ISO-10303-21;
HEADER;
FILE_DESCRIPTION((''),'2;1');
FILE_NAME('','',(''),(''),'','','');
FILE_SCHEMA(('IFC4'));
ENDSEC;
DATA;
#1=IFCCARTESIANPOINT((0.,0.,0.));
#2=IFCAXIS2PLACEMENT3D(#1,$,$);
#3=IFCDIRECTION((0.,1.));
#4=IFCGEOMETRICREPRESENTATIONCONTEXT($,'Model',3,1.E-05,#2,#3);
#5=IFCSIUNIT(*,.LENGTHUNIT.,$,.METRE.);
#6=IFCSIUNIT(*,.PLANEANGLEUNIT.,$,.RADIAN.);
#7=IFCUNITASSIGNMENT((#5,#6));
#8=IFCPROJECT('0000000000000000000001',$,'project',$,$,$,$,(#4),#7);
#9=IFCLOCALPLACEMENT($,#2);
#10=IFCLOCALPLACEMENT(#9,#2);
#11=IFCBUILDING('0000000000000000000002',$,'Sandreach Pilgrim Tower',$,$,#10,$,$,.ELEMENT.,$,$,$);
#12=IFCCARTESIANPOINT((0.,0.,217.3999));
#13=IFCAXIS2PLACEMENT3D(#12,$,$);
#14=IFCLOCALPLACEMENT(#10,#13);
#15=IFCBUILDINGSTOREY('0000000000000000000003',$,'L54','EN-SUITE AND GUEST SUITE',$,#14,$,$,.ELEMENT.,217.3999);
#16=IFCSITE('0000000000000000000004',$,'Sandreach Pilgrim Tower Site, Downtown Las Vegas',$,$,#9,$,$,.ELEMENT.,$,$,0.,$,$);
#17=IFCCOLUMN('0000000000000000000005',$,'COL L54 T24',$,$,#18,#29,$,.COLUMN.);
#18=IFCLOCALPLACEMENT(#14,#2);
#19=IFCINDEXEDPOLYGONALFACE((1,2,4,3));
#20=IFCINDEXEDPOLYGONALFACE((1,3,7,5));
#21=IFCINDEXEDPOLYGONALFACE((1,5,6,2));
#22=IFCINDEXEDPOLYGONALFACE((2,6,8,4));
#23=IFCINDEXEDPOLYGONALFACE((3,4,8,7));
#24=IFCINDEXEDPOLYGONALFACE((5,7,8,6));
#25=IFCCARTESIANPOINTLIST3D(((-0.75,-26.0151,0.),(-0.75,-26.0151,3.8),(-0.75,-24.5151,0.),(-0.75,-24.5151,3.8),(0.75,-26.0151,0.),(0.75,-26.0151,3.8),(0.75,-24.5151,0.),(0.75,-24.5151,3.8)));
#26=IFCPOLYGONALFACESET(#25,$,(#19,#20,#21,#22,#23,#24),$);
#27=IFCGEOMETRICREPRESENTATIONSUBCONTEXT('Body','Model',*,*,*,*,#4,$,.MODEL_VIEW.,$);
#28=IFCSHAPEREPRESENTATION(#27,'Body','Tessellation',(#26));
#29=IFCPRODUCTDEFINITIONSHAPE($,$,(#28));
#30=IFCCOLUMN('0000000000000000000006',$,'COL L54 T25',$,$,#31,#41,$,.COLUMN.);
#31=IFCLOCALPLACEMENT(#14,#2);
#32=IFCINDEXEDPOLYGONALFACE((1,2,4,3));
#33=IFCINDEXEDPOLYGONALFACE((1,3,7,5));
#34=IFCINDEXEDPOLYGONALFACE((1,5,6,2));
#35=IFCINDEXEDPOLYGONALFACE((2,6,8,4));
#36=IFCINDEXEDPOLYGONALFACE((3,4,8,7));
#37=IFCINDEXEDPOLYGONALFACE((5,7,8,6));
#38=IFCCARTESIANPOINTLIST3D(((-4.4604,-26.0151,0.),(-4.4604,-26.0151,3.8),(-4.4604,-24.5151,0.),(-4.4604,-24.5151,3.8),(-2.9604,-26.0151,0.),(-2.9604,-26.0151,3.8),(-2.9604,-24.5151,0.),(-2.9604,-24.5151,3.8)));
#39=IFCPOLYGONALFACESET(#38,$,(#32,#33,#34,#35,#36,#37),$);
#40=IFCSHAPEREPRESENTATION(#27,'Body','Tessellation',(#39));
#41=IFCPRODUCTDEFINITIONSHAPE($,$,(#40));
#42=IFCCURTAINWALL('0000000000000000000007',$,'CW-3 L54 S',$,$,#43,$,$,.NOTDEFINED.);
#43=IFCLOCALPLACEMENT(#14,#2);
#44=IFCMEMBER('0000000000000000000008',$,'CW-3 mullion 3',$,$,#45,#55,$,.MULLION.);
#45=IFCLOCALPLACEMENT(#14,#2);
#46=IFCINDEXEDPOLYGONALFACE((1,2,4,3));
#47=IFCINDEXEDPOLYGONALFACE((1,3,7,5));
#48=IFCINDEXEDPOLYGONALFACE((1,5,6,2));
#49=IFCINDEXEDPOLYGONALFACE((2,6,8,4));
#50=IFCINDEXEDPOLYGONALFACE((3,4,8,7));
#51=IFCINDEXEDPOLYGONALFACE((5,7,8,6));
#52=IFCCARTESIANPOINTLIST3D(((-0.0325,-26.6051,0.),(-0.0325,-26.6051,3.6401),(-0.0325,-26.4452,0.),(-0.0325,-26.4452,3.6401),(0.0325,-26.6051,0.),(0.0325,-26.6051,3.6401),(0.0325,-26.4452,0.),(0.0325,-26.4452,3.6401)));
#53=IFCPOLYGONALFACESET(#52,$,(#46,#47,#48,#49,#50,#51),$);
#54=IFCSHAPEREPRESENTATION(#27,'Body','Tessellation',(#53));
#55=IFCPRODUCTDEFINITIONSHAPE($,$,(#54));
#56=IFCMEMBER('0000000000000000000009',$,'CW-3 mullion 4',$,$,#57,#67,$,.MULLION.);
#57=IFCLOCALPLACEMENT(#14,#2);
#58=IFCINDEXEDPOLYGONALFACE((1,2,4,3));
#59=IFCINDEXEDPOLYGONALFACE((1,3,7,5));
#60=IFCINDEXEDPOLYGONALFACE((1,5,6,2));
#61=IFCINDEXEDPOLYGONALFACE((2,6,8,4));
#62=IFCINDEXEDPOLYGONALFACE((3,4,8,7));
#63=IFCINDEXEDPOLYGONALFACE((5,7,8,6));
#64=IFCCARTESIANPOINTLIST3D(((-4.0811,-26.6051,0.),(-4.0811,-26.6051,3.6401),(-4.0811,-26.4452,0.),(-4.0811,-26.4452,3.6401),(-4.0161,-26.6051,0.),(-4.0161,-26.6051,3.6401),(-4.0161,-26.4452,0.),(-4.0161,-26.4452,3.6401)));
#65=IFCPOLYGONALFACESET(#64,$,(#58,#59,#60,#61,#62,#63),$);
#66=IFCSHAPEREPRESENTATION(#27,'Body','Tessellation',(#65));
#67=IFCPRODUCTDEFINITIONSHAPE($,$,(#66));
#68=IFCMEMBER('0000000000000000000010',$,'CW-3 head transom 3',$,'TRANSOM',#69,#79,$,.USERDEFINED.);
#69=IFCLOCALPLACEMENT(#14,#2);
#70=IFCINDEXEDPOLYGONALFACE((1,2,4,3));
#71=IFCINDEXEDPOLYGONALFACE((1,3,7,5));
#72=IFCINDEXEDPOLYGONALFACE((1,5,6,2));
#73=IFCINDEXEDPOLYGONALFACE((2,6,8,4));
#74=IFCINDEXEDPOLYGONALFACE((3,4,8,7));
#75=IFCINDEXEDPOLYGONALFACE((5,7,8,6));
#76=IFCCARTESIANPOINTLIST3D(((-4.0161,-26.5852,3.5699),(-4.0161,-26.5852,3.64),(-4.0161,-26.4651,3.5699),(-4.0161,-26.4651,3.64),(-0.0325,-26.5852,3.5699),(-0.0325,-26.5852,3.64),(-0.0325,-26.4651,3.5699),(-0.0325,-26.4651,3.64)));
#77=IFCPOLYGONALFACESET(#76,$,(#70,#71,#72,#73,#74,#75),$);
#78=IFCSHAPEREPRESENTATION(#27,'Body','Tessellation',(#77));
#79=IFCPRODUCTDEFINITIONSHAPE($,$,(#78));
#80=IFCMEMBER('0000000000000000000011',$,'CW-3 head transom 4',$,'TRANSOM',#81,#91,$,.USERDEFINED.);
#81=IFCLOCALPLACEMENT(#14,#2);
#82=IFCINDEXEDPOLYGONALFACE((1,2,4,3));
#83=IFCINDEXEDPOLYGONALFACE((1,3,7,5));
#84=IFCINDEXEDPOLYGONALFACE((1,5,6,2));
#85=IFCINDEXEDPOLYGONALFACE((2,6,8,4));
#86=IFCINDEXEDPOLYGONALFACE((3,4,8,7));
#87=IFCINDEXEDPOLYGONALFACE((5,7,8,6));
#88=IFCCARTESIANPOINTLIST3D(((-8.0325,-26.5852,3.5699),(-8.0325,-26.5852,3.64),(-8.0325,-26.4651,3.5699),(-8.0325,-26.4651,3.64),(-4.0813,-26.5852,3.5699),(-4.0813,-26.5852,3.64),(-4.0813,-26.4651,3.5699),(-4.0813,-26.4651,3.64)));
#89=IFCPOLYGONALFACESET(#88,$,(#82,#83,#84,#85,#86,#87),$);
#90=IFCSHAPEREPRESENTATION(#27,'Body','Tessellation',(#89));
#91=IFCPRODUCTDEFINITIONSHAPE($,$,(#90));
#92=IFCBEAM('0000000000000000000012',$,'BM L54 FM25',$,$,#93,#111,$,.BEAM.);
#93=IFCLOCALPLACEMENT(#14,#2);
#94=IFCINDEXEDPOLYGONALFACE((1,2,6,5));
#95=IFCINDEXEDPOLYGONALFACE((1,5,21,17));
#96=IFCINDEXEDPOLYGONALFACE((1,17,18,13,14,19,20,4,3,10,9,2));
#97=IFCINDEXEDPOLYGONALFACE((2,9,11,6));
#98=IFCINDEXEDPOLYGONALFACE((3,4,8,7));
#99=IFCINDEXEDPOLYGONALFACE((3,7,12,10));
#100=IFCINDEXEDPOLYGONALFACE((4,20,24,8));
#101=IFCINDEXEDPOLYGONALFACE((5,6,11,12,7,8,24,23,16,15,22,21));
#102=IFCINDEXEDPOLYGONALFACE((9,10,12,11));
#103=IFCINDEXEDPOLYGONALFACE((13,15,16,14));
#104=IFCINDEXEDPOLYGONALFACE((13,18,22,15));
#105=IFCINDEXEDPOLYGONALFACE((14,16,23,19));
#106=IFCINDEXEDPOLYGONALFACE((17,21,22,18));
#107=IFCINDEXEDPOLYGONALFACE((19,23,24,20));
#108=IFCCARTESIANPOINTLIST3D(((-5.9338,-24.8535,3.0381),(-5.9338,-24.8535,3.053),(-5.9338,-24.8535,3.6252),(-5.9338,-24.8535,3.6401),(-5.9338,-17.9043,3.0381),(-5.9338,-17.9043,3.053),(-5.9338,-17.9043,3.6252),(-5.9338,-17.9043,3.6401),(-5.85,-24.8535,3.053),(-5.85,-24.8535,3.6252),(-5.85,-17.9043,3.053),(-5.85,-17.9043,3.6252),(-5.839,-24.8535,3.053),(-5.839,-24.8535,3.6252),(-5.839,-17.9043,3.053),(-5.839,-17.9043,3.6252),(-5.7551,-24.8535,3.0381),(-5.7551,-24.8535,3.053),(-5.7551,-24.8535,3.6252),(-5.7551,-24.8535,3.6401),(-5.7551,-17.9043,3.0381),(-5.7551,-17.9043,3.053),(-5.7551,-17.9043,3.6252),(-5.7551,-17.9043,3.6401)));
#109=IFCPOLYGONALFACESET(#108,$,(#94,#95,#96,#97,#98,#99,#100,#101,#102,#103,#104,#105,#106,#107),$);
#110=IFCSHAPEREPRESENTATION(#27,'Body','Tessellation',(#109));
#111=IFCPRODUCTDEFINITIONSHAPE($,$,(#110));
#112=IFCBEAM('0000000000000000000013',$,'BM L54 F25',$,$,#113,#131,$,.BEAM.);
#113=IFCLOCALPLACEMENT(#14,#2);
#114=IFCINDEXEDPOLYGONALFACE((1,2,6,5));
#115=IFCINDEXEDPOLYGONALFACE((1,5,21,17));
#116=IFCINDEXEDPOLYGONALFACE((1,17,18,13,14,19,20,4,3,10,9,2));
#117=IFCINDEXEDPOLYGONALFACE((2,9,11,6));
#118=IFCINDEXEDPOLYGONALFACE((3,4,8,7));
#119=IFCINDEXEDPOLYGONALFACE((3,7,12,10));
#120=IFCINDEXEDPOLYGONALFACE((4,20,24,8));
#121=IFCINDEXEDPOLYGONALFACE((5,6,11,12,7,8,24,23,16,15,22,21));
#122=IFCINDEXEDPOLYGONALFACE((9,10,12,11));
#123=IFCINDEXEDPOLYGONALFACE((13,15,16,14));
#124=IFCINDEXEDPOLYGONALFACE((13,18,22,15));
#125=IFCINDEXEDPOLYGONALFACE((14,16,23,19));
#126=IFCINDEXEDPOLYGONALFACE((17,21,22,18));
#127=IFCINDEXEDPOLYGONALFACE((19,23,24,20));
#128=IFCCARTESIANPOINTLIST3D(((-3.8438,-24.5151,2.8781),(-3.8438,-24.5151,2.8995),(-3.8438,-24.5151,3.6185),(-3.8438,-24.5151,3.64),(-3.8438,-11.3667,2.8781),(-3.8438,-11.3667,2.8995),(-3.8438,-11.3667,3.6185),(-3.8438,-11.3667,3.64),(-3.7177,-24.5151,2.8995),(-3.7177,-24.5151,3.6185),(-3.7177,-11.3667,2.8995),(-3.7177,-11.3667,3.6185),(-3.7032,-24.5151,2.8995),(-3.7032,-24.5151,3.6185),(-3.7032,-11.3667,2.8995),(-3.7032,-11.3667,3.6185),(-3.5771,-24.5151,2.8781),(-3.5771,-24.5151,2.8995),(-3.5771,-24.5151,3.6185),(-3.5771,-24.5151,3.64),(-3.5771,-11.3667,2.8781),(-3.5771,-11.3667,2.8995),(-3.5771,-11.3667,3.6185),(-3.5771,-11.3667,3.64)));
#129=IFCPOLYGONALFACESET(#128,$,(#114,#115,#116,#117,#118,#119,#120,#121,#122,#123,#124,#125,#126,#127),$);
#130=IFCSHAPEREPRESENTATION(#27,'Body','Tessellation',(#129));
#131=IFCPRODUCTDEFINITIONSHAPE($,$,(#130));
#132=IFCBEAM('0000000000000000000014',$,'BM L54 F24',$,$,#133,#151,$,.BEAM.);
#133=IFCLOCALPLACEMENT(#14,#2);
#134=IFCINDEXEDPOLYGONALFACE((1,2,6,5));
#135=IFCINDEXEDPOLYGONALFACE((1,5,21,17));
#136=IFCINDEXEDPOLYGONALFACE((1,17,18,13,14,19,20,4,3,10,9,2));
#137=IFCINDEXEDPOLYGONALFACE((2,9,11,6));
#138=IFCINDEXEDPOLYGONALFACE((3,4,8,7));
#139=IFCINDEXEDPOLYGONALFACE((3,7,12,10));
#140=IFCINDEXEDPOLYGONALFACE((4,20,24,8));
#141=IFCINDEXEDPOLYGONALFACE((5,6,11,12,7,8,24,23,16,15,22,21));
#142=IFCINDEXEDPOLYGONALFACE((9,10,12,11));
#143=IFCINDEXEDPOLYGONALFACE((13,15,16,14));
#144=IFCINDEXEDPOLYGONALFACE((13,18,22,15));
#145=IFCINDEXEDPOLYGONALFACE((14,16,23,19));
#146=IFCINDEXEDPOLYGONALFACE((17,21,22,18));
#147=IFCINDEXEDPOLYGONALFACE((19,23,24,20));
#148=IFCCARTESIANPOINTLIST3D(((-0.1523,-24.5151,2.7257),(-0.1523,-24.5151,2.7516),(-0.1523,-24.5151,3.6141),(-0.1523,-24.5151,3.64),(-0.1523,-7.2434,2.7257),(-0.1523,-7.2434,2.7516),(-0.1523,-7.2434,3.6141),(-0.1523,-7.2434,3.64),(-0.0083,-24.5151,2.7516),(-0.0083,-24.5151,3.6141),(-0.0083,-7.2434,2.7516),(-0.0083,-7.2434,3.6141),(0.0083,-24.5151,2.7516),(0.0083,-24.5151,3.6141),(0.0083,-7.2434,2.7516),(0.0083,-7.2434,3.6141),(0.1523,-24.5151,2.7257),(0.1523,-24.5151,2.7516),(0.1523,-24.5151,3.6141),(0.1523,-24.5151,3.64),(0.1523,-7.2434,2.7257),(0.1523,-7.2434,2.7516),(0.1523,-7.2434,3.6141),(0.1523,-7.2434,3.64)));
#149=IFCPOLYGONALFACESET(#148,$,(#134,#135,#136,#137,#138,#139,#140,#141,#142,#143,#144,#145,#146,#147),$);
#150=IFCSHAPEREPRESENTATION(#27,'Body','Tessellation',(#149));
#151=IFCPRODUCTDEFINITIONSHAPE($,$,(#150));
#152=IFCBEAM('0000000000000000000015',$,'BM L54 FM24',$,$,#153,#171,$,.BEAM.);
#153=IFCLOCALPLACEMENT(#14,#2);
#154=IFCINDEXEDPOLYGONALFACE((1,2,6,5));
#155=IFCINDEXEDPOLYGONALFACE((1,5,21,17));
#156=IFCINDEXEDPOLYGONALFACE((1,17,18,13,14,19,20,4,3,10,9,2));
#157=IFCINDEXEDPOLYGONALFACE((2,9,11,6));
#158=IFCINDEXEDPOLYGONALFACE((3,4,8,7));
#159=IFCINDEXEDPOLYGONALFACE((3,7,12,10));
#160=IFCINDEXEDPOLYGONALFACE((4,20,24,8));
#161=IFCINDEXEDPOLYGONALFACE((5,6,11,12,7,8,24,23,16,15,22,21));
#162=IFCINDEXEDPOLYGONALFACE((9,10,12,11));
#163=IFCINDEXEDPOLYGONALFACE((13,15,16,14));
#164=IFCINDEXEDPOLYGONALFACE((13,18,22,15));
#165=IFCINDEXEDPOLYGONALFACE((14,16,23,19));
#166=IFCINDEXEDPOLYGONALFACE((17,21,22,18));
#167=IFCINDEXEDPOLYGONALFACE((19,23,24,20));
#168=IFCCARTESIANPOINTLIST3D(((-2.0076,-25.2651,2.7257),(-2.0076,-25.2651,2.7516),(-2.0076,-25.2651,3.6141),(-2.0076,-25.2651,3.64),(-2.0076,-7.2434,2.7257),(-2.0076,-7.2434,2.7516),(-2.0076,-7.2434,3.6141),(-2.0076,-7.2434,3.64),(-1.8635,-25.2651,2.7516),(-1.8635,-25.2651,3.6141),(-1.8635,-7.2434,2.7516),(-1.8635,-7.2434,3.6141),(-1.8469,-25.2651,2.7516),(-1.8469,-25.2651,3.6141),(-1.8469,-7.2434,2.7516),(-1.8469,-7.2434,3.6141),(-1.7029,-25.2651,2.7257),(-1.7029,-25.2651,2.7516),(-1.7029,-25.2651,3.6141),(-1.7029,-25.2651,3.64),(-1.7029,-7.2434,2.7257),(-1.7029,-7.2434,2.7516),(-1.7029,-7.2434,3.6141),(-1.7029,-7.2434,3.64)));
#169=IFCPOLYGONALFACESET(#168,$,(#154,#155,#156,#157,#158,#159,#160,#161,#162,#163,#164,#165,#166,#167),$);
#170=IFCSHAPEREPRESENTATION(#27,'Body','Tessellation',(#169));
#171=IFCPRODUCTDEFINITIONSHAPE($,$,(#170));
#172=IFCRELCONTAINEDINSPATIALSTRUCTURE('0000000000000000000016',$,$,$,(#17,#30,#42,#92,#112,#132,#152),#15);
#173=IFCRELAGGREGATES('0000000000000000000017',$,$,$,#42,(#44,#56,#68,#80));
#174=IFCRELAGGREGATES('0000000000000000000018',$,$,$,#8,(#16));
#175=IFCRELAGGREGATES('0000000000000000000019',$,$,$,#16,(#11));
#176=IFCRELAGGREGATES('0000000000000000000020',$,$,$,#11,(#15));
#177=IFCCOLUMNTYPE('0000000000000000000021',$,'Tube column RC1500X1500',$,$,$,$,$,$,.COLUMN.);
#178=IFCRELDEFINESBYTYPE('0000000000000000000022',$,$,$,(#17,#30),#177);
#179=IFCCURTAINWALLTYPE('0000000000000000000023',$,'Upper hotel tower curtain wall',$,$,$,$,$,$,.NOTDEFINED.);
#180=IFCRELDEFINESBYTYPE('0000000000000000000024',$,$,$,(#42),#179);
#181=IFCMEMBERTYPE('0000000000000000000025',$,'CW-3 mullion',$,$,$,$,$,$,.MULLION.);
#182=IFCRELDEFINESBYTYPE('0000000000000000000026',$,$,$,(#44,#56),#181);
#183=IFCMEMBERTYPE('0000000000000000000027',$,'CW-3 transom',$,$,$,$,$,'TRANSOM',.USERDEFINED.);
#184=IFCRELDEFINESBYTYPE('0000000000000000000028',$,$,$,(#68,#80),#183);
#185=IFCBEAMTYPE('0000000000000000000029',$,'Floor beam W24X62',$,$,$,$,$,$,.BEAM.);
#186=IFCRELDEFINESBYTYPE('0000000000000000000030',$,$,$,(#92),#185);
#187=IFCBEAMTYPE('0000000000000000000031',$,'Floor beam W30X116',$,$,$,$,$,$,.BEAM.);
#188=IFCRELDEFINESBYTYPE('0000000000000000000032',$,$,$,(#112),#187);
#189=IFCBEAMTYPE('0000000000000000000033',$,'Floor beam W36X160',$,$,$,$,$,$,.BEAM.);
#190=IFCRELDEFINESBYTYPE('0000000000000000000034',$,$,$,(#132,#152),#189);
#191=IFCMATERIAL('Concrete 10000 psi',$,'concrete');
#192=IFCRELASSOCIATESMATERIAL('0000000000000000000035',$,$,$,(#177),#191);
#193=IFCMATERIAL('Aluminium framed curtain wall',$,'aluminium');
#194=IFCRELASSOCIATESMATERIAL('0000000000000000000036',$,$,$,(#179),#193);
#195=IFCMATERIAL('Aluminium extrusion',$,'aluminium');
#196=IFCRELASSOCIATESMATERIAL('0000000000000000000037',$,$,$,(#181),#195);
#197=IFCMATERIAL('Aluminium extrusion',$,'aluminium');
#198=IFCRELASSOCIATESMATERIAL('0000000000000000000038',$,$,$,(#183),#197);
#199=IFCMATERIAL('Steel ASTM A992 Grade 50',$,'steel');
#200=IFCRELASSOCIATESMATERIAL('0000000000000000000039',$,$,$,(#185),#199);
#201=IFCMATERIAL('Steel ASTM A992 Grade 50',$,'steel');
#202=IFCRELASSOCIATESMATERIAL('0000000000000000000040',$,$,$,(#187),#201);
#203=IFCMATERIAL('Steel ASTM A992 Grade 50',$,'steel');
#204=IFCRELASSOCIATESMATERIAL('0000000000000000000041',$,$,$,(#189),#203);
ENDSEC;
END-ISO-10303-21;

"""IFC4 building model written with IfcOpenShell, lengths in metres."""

from ifc_helpers import new_model, si_unit, direction, frame, origin, origin_2d, place, context, subcontext, project, spatial, rectangle, i_section, extrude, material, material_profile, profile_set, type_object, element, aggregate, save


model = new_model("IFC4")

# Units and contexts
model_context = context("Model", 3, precision=1e-05, world=origin(), true_north=direction((0.0, 1.0)))
body_context = subcontext(model_context, "Body", "Model", "MODEL_VIEW")
ifc_project = project(units=[si_unit("LENGTHUNIT", "METRE"), si_unit("PLANEANGLEUNIT", "RADIAN")], contexts=[model_context])

# Site, building, storey
site_placement = place(None, origin())
site = spatial("IfcSite", under=ifc_project, at=site_placement, Name="Sandreach Pilgrim Tower Site, Downtown Las Vegas", CompositionType="ELEMENT", RefElevation=0.0)
building_placement = place(site_placement, origin())
building = spatial("IfcBuilding", under=site, at=building_placement, Name="Sandreach Pilgrim Tower", CompositionType="ELEMENT")
storey_placement = place(building_placement, frame((0.0, 0.0, 217.3999)))
storey = spatial("IfcBuildingStorey", under=building, at=storey_placement, Name="L54", Description="EN-SUITE AND GUEST SUITE", CompositionType="ELEMENT", Elevation=217.3999)

# Columns
ifc_material_1 = material(Name="Concrete 10000 psi", Category="concrete")
ifc_material_profile_1 = material_profile(ifc_material_1, rectangle(XDim=1.5, YDim=1.5, at=origin_2d()), Name="RC1500X1500")
ifc_profile_set_1 = profile_set([ifc_material_profile_1], Name="Concrete 10000 psi")
column_type = type_object("IfcColumnType", Name="Tube column RC1500X1500", PredefinedType="COLUMN", material=ifc_profile_set_1)
for number, where, z_axis, x_axis, name in (
    (1, (0.0, -25.2651, 0.0), (0.0, 0.0, 1.0), (0.0, -1.0, 0.0), "COL L54 T24"),
    (2, (-3.7104, -25.2651, 0.0), (0.0, 0.0, 1.0), (0.0, -1.0, 0.0), "COL L54 T25"),
):
    element("IfcColumn", number, at=place(storey_placement, frame(where, z_axis=z_axis, x_axis=x_axis)), inside=storey, type_object=column_type, Name=name, PredefinedType="COLUMN", context=body_context, shape_type="SweptSolid", body=[
        extrude(rectangle(XDim=1.5, YDim=1.5, at=origin_2d()), origin(), (0.0, 0.0, 1.0), 3.8),
    ])

# Curtain wall, members
ifc_material_2 = material(Name="Aluminium framed curtain wall", Category="aluminium")
curtain_wall_type = type_object("IfcCurtainWallType", Name="Upper hotel tower curtain wall", PredefinedType="NOTDEFINED", material=ifc_material_2)
curtain_wall_placement = place(storey_placement, origin())
curtain_wall = element("IfcCurtainWall", 3, at=curtain_wall_placement, inside=storey, type_object=curtain_wall_type, Name="CW-3 L54 S", PredefinedType="NOTDEFINED")
ifc_material_3 = material(Name="Aluminium extrusion", Category="aluminium")
ifc_material_profile_2 = material_profile(ifc_material_3, rectangle(XDim=0.0649, YDim=0.1599, at=origin_2d()), Name="CW-3M 65X160")
ifc_profile_set_2 = profile_set([ifc_material_profile_2], Name="Aluminium extrusion")
member_type_1 = type_object("IfcMemberType", Name="CW-3 mullion", PredefinedType="MULLION", material=ifc_profile_set_2)
member_1_placement = place(storey_placement, frame((0.0, -26.5251, 0.0), z_axis=(0.0, 0.0, 1.0), x_axis=(-1.0, 0.0, 0.0)))
member_1 = element("IfcMember", 4, at=member_1_placement, type_object=member_type_1, Name="CW-3 mullion 3", PredefinedType="MULLION", context=body_context, shape_type="SweptSolid", body=[
    extrude(rectangle(XDim=0.0649, YDim=0.1599, at=origin_2d()), origin(), (0.0, 0.0, 1.0), 3.6401),
])
member_2_placement = place(storey_placement, frame((-4.0486, -26.5251, 0.0), z_axis=(0.0, 0.0, 1.0), x_axis=(-1.0, 0.0, 0.0)))
member_2 = element("IfcMember", 5, at=member_2_placement, type_object=member_type_1, Name="CW-3 mullion 4", PredefinedType="MULLION", context=body_context, shape_type="SweptSolid", body=[
    extrude(rectangle(XDim=0.0649, YDim=0.1599, at=origin_2d()), origin(), (0.0, 0.0, 1.0), 3.6401),
])
ifc_material_4 = material(Name="Aluminium extrusion", Category="aluminium")
ifc_material_profile_3 = material_profile(ifc_material_4, rectangle(XDim=0.1201, YDim=0.0701, at=origin_2d()), Name="CW-3T 120X70")
ifc_profile_set_3 = profile_set([ifc_material_profile_3], Name="Aluminium extrusion")
member_type_2 = type_object("IfcMemberType", Name="CW-3 transom", ElementType="TRANSOM", PredefinedType="USERDEFINED", material=ifc_profile_set_3)
member_3_placement = place(storey_placement, frame((-0.0325, -26.5251, 3.605), z_axis=(-1.0, 0.0, 0.0), x_axis=(0.0, -1.0, 0.0)))
member_3 = element("IfcMember", 6, at=member_3_placement, type_object=member_type_2, Name="CW-3 head transom 3", ObjectType="TRANSOM", PredefinedType="USERDEFINED", context=body_context, shape_type="SweptSolid", body=[
    extrude(rectangle(XDim=0.1201, YDim=0.0701, at=origin_2d()), origin(), (0.0, 0.0, 1.0), 3.9836),
])
member_4_placement = place(storey_placement, frame((-4.0813, -26.5251, 3.605), z_axis=(-1.0, 0.0, 0.0), x_axis=(0.0, -1.0, 0.0)))
member_4 = element("IfcMember", 7, at=member_4_placement, type_object=member_type_2, Name="CW-3 head transom 4", ObjectType="TRANSOM", PredefinedType="USERDEFINED", context=body_context, shape_type="SweptSolid", body=[
    extrude(rectangle(XDim=0.1201, YDim=0.0701, at=origin_2d()), origin(), (0.0, 0.0, 1.0), 3.9512),
])

# Beams
ifc_material_5 = material(Name="Steel ASTM A992 Grade 50", Category="steel")
ifc_material_profile_4 = material_profile(ifc_material_5, i_section(OverallWidth=0.1787, OverallDepth=0.6021, WebThickness=0.011, FlangeThickness=0.0149, at=origin_2d()), Name="W24X62")
ifc_profile_set_4 = profile_set([ifc_material_profile_4], Name="Steel ASTM A992 Grade 50")
beam_type_1 = type_object("IfcBeamType", Name="Floor beam W24X62", PredefinedType="BEAM", material=ifc_profile_set_4)
beam_1_placement = place(storey_placement, frame((-5.8445, -24.8535, 3.3391), z_axis=(0.0, 1.0, 0.0), x_axis=(-1.0, 0.0, 0.0)))
element("IfcBeam", 8, at=beam_1_placement, inside=storey, type_object=beam_type_1, Name="BM L54 FM25", PredefinedType="BEAM", context=body_context, shape_type="SweptSolid", body=[
    extrude(i_section(OverallWidth=0.1787, OverallDepth=0.6021, WebThickness=0.011, FlangeThickness=0.0149, at=origin_2d()), origin(), (0.0, 0.0, 1.0), 6.9492),
])
ifc_material_6 = material(Name="Steel ASTM A992 Grade 50", Category="steel")
ifc_material_profile_5 = material_profile(ifc_material_6, i_section(OverallWidth=0.2666, OverallDepth=0.762, WebThickness=0.0144, FlangeThickness=0.0215, at=origin_2d()), Name="W30X116")
ifc_profile_set_5 = profile_set([ifc_material_profile_5], Name="Steel ASTM A992 Grade 50")
beam_type_2 = type_object("IfcBeamType", Name="Floor beam W30X116", PredefinedType="BEAM", material=ifc_profile_set_5)
beam_2_placement = place(storey_placement, frame((-3.7104, -24.5151, 3.259), z_axis=(0.0, 1.0, 0.0), x_axis=(-1.0, 0.0, 0.0)))
element("IfcBeam", 9, at=beam_2_placement, inside=storey, type_object=beam_type_2, Name="BM L54 F25", PredefinedType="BEAM", context=body_context, shape_type="SweptSolid", body=[
    extrude(i_section(OverallWidth=0.2666, OverallDepth=0.762, WebThickness=0.0144, FlangeThickness=0.0215, at=origin_2d()), origin(), (0.0, 0.0, 1.0), 13.1484),
])
ifc_material_7 = material(Name="Steel ASTM A992 Grade 50", Category="steel")
ifc_material_profile_6 = material_profile(ifc_material_7, i_section(OverallWidth=0.3047, OverallDepth=0.9143, WebThickness=0.0166, FlangeThickness=0.0259, at=origin_2d()), Name="W36X160")
ifc_profile_set_6 = profile_set([ifc_material_profile_6], Name="Steel ASTM A992 Grade 50")
beam_type_3 = type_object("IfcBeamType", Name="Floor beam W36X160", PredefinedType="BEAM", material=ifc_profile_set_6)
beam_3_placement = place(storey_placement, frame((0.0, -24.5151, 3.1829), z_axis=(0.0, 1.0, 0.0), x_axis=(-1.0, 0.0, 0.0)))
element("IfcBeam", 10, at=beam_3_placement, inside=storey, type_object=beam_type_3, Name="BM L54 F24", PredefinedType="BEAM", context=body_context, shape_type="SweptSolid", body=[
    extrude(i_section(OverallWidth=0.3047, OverallDepth=0.9143, WebThickness=0.0166, FlangeThickness=0.0259, at=origin_2d()), origin(), (0.0, 0.0, 1.0), 17.2717),
])
beam_4_placement = place(storey_placement, frame((-1.8552, -25.2651, 3.1829), z_axis=(0.0, 1.0, 0.0), x_axis=(-1.0, 0.0, 0.0)))
element("IfcBeam", 11, at=beam_4_placement, inside=storey, type_object=beam_type_3, Name="BM L54 FM24", PredefinedType="BEAM", context=body_context, shape_type="SweptSolid", body=[
    extrude(i_section(OverallWidth=0.3047, OverallDepth=0.9143, WebThickness=0.0166, FlangeThickness=0.0259, at=origin_2d()), origin(), (0.0, 0.0, 1.0), 18.0217),
])

aggregate(curtain_wall, [member_1, member_2, member_3, member_4])

save(model, "model.ifc")
